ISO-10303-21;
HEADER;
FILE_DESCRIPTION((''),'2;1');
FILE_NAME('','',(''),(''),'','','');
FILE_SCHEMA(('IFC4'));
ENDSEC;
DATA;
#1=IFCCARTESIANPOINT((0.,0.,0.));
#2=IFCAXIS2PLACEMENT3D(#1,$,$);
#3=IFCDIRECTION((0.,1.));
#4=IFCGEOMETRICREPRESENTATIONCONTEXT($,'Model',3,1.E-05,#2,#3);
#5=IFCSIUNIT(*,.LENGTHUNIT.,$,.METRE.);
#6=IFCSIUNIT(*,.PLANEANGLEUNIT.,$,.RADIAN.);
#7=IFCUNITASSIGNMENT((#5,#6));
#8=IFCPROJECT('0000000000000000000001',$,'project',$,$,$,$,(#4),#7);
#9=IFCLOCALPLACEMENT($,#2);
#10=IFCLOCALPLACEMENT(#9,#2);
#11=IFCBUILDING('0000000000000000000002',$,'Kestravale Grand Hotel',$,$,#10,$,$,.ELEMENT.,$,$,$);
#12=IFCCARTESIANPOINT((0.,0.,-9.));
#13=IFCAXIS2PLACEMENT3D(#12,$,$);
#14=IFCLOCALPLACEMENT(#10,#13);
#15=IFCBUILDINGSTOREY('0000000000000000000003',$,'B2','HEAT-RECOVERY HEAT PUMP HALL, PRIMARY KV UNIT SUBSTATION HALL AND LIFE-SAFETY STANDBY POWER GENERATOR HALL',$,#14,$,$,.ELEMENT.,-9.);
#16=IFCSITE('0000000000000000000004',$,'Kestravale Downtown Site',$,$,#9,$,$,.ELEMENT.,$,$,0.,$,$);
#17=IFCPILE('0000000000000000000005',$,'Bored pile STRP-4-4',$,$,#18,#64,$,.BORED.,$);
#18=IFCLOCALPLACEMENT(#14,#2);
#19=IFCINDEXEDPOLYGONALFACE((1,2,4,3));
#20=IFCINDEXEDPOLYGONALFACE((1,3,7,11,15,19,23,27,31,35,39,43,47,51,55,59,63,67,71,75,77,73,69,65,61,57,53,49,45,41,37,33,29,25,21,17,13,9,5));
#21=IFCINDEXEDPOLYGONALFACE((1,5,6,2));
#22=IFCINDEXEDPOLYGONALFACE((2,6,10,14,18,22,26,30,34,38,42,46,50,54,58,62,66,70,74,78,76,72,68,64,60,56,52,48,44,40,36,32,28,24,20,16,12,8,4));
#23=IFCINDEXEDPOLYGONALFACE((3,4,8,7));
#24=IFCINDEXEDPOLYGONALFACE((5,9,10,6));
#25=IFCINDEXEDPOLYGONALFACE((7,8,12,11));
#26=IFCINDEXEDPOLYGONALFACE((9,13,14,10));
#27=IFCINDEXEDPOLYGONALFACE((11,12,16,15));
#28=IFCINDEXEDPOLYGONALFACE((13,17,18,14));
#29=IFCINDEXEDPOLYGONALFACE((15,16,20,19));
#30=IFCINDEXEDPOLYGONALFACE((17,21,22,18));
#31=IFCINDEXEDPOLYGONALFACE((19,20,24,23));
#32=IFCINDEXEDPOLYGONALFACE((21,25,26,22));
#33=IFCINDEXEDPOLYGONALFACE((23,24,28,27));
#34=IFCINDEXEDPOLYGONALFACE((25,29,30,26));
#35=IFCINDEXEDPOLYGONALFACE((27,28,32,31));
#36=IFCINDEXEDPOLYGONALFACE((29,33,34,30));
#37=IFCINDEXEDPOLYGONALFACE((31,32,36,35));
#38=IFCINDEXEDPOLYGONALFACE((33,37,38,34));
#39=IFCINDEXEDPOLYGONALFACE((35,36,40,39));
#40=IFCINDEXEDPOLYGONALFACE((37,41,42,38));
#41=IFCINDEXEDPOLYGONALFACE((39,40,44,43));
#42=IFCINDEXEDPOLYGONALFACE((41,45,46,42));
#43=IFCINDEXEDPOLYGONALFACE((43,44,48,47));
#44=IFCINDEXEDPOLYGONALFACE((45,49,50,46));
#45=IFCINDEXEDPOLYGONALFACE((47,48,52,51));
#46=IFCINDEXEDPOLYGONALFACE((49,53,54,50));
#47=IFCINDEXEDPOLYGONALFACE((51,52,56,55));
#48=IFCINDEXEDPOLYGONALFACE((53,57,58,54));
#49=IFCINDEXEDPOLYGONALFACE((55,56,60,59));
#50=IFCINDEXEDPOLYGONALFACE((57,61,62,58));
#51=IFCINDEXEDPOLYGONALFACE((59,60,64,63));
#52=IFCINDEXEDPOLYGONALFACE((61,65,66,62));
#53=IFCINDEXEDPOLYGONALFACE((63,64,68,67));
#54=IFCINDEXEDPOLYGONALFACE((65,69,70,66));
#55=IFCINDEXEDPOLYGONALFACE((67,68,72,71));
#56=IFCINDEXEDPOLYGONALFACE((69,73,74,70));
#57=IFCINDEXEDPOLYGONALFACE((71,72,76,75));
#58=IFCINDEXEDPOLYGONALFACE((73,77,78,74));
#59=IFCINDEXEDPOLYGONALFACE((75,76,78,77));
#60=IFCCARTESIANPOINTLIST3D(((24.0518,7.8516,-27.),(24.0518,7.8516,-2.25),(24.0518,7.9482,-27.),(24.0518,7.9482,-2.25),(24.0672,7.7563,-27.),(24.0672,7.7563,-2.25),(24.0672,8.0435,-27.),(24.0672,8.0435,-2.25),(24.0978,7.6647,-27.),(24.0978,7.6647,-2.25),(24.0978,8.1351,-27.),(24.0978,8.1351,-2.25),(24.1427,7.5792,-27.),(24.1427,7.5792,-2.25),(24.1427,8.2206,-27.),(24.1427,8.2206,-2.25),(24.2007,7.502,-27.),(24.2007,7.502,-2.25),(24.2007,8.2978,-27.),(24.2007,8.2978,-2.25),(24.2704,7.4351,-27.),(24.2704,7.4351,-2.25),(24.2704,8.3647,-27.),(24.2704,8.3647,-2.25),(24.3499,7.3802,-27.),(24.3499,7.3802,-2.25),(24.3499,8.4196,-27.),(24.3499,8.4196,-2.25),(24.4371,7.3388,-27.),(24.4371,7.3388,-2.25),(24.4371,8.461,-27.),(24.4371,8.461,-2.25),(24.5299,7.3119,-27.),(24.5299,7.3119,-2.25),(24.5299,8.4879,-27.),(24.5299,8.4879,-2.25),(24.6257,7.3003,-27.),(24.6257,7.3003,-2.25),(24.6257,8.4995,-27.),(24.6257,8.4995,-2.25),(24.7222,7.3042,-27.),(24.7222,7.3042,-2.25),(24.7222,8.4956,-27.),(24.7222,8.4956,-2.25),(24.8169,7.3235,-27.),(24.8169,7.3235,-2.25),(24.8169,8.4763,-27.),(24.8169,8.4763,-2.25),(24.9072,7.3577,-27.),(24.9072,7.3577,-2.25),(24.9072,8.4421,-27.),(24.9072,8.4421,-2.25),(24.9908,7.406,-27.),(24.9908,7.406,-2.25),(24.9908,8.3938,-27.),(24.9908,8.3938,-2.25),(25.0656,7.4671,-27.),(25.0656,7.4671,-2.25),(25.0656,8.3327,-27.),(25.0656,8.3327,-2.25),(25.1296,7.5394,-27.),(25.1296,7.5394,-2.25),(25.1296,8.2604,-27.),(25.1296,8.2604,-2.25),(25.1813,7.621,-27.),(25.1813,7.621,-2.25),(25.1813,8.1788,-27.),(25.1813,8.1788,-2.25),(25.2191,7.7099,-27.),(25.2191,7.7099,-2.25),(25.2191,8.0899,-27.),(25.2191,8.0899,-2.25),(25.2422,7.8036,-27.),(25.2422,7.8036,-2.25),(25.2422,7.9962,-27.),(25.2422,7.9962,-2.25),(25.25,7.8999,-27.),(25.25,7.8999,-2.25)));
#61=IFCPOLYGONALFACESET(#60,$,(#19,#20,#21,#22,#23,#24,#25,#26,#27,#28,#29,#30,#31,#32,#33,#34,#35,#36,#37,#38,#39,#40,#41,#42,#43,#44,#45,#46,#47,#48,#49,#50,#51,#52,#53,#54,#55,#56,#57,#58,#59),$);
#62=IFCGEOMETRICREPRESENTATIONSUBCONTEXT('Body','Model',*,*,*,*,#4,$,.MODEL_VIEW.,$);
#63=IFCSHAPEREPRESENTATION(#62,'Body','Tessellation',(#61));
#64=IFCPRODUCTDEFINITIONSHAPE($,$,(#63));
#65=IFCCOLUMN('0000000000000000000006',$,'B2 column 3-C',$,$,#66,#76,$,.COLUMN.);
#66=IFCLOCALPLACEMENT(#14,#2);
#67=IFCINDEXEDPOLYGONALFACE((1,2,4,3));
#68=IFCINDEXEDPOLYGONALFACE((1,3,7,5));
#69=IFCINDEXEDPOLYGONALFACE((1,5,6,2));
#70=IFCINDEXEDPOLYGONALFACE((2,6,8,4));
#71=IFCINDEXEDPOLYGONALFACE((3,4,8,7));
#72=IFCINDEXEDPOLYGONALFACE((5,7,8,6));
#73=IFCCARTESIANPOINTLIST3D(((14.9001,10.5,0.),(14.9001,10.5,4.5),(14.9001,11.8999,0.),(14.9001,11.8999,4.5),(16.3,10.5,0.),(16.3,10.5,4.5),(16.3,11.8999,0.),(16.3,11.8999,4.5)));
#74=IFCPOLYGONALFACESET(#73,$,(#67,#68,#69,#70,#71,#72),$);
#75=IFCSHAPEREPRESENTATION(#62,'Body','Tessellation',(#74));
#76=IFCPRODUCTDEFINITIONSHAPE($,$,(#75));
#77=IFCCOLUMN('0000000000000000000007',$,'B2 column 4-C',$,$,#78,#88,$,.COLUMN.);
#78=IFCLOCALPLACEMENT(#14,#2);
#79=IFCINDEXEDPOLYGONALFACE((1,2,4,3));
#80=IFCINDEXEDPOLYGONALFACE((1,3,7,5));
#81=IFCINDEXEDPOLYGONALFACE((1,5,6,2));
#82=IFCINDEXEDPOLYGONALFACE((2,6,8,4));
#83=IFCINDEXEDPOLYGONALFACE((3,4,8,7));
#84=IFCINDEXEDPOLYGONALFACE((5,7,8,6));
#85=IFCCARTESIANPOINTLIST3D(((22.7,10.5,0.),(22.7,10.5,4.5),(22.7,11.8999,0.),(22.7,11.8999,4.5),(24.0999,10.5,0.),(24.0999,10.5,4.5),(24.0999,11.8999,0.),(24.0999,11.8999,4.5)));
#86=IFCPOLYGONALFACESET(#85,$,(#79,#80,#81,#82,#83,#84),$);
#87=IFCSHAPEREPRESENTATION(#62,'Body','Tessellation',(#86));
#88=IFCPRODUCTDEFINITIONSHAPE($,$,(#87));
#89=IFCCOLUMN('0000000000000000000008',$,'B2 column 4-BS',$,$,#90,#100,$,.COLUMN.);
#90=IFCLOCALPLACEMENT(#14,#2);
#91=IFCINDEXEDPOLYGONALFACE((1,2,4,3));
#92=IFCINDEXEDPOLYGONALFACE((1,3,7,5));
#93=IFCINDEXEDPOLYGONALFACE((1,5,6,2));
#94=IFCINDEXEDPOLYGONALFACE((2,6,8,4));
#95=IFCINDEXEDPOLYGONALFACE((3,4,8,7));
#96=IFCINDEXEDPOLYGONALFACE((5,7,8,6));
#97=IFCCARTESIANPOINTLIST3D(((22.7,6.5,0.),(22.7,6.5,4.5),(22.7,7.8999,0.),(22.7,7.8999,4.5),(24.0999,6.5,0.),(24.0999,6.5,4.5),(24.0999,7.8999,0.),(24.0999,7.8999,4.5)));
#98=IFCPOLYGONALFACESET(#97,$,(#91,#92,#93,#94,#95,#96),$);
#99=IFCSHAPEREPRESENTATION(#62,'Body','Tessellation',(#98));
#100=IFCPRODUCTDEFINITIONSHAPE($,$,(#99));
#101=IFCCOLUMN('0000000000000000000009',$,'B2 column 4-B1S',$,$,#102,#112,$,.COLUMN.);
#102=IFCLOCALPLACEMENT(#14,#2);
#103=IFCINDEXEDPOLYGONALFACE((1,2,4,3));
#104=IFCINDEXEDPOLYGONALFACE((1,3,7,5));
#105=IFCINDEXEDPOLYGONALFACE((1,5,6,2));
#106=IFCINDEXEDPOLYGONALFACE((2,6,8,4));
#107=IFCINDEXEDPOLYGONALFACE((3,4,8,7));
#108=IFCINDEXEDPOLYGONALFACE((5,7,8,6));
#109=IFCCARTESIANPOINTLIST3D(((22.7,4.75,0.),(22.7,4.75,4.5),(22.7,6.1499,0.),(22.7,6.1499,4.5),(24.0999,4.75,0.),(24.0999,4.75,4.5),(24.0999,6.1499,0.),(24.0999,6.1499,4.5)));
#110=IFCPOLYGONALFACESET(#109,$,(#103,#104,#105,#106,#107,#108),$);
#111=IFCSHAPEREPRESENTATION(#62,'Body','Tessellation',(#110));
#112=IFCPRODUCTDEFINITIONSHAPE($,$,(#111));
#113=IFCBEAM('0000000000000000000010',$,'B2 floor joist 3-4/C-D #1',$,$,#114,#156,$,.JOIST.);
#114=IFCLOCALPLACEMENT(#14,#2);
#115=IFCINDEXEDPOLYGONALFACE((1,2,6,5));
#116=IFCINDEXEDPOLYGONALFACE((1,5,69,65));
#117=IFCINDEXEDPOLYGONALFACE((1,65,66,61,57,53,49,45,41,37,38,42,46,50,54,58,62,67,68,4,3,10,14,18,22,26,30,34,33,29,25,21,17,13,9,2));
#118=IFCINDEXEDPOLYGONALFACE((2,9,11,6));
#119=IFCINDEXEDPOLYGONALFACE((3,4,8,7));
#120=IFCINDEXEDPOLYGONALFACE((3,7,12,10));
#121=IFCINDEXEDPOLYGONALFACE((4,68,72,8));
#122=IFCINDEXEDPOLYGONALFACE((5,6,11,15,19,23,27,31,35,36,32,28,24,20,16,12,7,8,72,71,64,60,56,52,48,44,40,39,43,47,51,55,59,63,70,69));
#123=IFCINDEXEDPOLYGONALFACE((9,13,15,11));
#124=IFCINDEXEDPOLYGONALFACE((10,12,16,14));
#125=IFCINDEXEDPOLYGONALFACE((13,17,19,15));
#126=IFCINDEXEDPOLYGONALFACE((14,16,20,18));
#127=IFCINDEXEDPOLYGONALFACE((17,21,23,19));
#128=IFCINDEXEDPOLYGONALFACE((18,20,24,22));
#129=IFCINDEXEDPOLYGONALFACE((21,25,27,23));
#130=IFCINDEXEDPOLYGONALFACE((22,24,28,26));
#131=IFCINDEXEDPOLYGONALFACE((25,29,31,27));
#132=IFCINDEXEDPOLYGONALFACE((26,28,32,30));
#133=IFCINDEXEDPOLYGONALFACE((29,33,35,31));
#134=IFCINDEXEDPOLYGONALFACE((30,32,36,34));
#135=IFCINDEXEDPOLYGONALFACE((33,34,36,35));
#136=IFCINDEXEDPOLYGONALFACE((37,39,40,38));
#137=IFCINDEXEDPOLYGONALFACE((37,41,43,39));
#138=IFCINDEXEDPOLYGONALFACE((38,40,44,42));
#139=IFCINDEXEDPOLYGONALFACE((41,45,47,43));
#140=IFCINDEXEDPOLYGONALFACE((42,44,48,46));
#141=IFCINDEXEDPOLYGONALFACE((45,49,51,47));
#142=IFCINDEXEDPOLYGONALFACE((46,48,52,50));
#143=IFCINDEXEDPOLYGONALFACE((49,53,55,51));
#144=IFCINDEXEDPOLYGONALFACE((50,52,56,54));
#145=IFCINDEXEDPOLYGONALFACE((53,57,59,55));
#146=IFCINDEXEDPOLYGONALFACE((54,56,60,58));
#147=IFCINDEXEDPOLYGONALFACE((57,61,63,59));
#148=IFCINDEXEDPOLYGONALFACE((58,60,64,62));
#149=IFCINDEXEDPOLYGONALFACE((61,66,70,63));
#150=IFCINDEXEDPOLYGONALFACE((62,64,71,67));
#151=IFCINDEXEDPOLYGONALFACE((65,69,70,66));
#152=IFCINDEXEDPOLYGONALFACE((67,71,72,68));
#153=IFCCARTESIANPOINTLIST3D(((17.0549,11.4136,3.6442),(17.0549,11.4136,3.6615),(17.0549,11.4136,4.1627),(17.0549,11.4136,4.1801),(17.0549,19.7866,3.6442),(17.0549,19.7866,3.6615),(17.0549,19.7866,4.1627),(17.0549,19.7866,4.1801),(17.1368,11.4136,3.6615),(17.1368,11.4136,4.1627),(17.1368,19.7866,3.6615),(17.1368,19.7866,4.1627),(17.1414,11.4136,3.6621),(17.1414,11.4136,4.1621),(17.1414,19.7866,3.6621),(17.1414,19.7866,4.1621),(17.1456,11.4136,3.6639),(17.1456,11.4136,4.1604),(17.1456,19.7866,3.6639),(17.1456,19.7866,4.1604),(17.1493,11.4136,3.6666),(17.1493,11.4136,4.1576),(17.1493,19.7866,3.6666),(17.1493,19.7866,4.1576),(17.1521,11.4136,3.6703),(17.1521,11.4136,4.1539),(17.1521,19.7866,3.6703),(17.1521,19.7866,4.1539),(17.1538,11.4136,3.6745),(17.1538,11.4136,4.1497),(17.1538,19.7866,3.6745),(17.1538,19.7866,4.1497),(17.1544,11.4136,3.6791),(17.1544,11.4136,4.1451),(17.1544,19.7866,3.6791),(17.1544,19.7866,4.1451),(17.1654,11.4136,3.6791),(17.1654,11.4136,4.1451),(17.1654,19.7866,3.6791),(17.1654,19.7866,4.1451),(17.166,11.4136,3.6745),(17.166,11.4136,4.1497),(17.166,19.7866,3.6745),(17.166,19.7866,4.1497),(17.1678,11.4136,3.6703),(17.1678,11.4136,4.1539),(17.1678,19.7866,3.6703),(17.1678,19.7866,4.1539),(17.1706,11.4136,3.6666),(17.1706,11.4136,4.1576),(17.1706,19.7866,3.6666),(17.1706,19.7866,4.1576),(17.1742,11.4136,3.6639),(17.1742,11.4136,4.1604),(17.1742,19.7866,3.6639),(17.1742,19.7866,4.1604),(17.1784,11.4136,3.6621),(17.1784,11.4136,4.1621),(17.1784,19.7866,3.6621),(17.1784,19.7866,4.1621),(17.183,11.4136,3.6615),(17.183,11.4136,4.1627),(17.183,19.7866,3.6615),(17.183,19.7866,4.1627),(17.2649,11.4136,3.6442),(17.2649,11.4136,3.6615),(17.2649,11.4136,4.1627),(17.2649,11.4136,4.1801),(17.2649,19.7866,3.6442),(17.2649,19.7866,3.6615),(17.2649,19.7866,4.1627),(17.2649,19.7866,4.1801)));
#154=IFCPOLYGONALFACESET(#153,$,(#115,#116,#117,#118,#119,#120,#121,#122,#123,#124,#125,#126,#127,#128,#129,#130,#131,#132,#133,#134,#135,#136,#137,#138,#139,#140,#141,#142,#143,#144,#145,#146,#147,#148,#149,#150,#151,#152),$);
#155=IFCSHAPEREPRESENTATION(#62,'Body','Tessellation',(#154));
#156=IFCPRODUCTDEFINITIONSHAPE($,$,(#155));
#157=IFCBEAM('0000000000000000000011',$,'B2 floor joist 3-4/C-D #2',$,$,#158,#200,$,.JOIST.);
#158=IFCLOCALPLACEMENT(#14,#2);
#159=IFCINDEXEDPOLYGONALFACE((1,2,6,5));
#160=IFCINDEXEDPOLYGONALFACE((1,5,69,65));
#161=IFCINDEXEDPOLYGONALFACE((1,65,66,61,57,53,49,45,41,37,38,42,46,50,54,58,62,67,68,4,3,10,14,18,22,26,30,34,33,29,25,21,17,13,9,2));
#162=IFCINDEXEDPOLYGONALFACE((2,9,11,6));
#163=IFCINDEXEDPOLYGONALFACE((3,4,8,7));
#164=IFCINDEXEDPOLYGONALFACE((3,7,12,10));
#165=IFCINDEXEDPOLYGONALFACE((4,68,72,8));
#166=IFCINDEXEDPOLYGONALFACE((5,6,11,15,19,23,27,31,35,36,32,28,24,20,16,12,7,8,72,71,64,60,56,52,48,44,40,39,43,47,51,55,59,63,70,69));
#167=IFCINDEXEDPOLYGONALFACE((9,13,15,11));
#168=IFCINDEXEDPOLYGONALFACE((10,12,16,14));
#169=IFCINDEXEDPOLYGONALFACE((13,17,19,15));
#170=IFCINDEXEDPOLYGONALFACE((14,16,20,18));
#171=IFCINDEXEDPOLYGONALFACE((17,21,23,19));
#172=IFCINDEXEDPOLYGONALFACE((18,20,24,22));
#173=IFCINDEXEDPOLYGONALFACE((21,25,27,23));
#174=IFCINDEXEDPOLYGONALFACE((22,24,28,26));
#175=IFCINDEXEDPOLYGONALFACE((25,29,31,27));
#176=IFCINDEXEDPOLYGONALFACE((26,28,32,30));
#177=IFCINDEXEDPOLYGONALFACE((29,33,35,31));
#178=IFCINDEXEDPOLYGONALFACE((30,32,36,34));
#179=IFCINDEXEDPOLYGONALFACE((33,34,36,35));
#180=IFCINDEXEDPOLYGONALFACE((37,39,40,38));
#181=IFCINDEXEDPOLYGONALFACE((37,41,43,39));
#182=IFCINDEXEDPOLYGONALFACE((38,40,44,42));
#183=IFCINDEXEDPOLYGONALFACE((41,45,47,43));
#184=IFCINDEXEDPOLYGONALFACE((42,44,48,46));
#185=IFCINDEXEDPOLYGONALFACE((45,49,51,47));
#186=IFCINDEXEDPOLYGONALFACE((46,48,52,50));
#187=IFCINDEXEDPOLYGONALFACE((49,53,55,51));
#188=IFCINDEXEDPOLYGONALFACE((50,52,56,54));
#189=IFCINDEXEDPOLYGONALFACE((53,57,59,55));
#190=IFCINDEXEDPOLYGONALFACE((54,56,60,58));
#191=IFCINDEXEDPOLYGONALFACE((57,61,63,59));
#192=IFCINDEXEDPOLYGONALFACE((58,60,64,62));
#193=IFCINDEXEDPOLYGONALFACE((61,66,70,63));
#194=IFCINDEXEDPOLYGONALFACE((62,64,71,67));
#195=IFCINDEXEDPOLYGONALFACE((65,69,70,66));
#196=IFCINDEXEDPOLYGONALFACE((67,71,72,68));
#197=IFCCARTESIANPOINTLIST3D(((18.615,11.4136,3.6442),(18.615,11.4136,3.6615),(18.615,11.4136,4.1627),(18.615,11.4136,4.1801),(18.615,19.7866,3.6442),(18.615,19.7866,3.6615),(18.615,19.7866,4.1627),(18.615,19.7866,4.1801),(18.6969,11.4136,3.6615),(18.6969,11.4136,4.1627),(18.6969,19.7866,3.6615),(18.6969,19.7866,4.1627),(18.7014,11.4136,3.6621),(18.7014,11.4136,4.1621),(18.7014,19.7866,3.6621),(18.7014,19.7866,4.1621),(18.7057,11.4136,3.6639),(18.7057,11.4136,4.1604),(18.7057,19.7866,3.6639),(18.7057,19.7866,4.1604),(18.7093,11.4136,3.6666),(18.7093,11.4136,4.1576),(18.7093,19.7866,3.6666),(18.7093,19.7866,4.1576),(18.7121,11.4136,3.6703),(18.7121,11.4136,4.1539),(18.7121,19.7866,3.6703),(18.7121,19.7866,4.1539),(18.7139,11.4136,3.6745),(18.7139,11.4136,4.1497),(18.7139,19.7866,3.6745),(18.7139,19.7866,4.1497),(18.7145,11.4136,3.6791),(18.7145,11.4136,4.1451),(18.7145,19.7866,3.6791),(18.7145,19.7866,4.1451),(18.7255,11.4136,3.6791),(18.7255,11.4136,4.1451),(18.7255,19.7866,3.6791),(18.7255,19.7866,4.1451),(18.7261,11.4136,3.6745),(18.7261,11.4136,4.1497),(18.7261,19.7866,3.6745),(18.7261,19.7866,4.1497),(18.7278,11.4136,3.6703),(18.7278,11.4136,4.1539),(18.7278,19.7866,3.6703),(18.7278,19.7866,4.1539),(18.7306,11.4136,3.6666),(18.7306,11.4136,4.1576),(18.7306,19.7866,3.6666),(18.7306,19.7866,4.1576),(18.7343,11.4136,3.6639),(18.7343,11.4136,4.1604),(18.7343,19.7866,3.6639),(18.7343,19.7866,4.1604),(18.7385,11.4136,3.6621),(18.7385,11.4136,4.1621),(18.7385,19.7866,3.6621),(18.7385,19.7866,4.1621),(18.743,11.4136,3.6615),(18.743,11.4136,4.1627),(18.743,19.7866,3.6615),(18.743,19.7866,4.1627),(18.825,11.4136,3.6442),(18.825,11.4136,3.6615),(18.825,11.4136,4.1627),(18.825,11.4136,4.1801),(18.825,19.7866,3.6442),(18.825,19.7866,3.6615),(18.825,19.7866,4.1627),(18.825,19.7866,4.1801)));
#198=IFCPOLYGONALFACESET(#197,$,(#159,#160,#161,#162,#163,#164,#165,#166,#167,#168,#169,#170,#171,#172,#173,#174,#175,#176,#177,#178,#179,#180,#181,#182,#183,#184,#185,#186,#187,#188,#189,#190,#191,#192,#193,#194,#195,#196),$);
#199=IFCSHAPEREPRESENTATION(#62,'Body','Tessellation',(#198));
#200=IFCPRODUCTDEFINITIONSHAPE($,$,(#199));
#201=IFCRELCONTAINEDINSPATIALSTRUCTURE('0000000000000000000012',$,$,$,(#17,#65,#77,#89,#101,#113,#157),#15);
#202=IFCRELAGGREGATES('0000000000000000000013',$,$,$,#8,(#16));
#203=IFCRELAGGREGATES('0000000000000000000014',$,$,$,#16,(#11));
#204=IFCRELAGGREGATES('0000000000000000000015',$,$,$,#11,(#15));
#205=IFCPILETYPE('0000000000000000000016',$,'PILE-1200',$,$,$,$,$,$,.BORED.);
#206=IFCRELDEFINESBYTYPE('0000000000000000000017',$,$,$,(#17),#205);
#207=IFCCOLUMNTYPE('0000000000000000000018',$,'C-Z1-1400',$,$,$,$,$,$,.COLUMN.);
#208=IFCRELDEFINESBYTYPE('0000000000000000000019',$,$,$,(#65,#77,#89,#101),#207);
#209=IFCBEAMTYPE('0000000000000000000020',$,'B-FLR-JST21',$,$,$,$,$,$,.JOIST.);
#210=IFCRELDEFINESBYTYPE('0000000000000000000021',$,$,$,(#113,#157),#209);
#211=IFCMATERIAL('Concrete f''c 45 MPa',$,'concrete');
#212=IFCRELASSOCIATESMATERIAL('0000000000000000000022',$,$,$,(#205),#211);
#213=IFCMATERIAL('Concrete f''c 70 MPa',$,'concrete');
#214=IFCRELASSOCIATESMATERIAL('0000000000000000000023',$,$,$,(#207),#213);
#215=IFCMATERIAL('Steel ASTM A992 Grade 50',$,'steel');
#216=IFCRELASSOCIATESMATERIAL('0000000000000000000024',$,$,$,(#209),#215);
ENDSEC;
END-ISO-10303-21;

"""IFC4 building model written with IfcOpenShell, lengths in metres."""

from ifc_helpers import new_model, si_unit, direction, frame, origin, origin_2d, place, context, subcontext, project, spatial, rectangle, circle, i_section, extrude, material, material_profile, profile_set, type_object, element, save


model = new_model("IFC4")

# Units and contexts
model_context = context("Model", 3, precision=1e-05, world=origin(), true_north=direction((0.0, 1.0)))
body_context = subcontext(model_context, "Body", "Model", "MODEL_VIEW")
ifc_project = project(units=[si_unit("LENGTHUNIT", "METRE"), si_unit("PLANEANGLEUNIT", "RADIAN")], contexts=[model_context])

# Site, building, storey
site_placement = place(None, origin())
site = spatial("IfcSite", under=ifc_project, at=site_placement, Name="Kestravale Downtown Site", CompositionType="ELEMENT", RefElevation=0.0)
building_placement = place(site_placement, origin())
building = spatial("IfcBuilding", under=site, at=building_placement, Name="Kestravale Grand Hotel", CompositionType="ELEMENT")
storey_placement = place(building_placement, frame((0.0, 0.0, -9.0)))
storey = spatial("IfcBuildingStorey", under=building, at=storey_placement, Name="B2", Description="HEAT-RECOVERY HEAT PUMP HALL, PRIMARY KV UNIT SUBSTATION HALL AND LIFE-SAFETY STANDBY POWER GENERATOR HALL", CompositionType="ELEMENT", Elevation=-9.0)

# Pile
ifc_material_1 = material(Name="Concrete f'c 45 MPa", Category="concrete")
ifc_material_profile_1 = material_profile(ifc_material_1, circle(Radius=0.6001, at=origin_2d()))
ifc_profile_set_1 = profile_set([ifc_material_profile_1], Name="Concrete f'c 45 MPa")
pile_type = type_object("IfcPileType", Name="PILE-1200", PredefinedType="BORED", material=ifc_profile_set_1)
for number, where, z_axis, x_axis, name in (
    (1, (24.6499, 7.8999, -2.25), (0.0, 0.0, -1.0), (1.0, 0.0, 0.0), "Bored pile STRP-4-4"),
):
    element("IfcPile", number, at=place(storey_placement, frame(where, z_axis=z_axis, x_axis=x_axis)), inside=storey, type_object=pile_type, Name=name, PredefinedType="BORED", context=body_context, shape_type="SweptSolid", body=[
        extrude(circle(Radius=0.6001, at=origin_2d()), origin(), (0.0, 0.0, 1.0), 24.75),
    ])

# Columns
ifc_material_2 = material(Name="Concrete f'c 70 MPa", Category="concrete")
ifc_material_profile_2 = material_profile(ifc_material_2, rectangle(XDim=1.3999, YDim=1.3999, at=origin_2d()))
ifc_profile_set_2 = profile_set([ifc_material_profile_2], Name="Concrete f'c 70 MPa")
column_type = type_object("IfcColumnType", Name="C-Z1-1400", PredefinedType="COLUMN", material=ifc_profile_set_2)
for number, where, z_axis, x_axis, name in (
    (2, (15.6001, 11.2, 0.0), (0.0, 0.0, 1.0), (1.0, 0.0, 0.0), "B2 column 3-C"),
    (3, (23.3999, 11.2, 0.0), (0.0, 0.0, 1.0), (1.0, 0.0, 0.0), "B2 column 4-C"),
    (4, (23.3999, 7.2, 0.0), (0.0, 0.0, 1.0), (1.0, 0.0, 0.0), "B2 column 4-BS"),
    (5, (23.3999, 5.45, 0.0), (0.0, 0.0, 1.0), (1.0, 0.0, 0.0), "B2 column 4-B1S"),
):
    element("IfcColumn", number, at=place(storey_placement, frame(where, z_axis=z_axis, x_axis=x_axis)), inside=storey, type_object=column_type, Name=name, PredefinedType="COLUMN", context=body_context, shape_type="SweptSolid", body=[
        extrude(rectangle(XDim=1.3999, YDim=1.3999, at=origin_2d()), origin(), (0.0, 0.0, 1.0), 4.5),
    ])

# Beams
ifc_material_3 = material(Name="Steel ASTM A992 Grade 50", Category="steel")
ifc_material_profile_3 = material_profile(ifc_material_3, i_section(OverallWidth=0.21, OverallDepth=0.5359, WebThickness=0.011, FlangeThickness=0.0173, FilletRadius=0.0176, at=origin_2d()))
ifc_profile_set_3 = profile_set([ifc_material_profile_3], Name="Steel ASTM A992 Grade 50")
beam_type_1 = type_object("IfcBeamType", Name="B-FLR-JST21", PredefinedType="JOIST", material=ifc_profile_set_3)
for number, where, z_axis, x_axis, name in (
    (6, (17.1599, 11.4136, 3.9121), (0.0, 1.0, 0.0), (-1.0, 0.0, 0.0), "B2 floor joist 3-4/C-D #1"),
    (7, (18.72, 11.4136, 3.9121), (0.0, 1.0, 0.0), (-1.0, 0.0, 0.0), "B2 floor joist 3-4/C-D #2"),
):
    element("IfcBeam", number, at=place(storey_placement, frame(where, z_axis=z_axis, x_axis=x_axis)), inside=storey, type_object=beam_type_1, Name=name, PredefinedType="JOIST", context=body_context, shape_type="SweptSolid", body=[
        extrude(i_section(OverallWidth=0.21, OverallDepth=0.5359, WebThickness=0.011, FlangeThickness=0.0173, FilletRadius=0.0176, at=origin_2d()), origin(), (0.0, 0.0, 1.0), 8.373),
    ])

save(model, "model.ifc")
